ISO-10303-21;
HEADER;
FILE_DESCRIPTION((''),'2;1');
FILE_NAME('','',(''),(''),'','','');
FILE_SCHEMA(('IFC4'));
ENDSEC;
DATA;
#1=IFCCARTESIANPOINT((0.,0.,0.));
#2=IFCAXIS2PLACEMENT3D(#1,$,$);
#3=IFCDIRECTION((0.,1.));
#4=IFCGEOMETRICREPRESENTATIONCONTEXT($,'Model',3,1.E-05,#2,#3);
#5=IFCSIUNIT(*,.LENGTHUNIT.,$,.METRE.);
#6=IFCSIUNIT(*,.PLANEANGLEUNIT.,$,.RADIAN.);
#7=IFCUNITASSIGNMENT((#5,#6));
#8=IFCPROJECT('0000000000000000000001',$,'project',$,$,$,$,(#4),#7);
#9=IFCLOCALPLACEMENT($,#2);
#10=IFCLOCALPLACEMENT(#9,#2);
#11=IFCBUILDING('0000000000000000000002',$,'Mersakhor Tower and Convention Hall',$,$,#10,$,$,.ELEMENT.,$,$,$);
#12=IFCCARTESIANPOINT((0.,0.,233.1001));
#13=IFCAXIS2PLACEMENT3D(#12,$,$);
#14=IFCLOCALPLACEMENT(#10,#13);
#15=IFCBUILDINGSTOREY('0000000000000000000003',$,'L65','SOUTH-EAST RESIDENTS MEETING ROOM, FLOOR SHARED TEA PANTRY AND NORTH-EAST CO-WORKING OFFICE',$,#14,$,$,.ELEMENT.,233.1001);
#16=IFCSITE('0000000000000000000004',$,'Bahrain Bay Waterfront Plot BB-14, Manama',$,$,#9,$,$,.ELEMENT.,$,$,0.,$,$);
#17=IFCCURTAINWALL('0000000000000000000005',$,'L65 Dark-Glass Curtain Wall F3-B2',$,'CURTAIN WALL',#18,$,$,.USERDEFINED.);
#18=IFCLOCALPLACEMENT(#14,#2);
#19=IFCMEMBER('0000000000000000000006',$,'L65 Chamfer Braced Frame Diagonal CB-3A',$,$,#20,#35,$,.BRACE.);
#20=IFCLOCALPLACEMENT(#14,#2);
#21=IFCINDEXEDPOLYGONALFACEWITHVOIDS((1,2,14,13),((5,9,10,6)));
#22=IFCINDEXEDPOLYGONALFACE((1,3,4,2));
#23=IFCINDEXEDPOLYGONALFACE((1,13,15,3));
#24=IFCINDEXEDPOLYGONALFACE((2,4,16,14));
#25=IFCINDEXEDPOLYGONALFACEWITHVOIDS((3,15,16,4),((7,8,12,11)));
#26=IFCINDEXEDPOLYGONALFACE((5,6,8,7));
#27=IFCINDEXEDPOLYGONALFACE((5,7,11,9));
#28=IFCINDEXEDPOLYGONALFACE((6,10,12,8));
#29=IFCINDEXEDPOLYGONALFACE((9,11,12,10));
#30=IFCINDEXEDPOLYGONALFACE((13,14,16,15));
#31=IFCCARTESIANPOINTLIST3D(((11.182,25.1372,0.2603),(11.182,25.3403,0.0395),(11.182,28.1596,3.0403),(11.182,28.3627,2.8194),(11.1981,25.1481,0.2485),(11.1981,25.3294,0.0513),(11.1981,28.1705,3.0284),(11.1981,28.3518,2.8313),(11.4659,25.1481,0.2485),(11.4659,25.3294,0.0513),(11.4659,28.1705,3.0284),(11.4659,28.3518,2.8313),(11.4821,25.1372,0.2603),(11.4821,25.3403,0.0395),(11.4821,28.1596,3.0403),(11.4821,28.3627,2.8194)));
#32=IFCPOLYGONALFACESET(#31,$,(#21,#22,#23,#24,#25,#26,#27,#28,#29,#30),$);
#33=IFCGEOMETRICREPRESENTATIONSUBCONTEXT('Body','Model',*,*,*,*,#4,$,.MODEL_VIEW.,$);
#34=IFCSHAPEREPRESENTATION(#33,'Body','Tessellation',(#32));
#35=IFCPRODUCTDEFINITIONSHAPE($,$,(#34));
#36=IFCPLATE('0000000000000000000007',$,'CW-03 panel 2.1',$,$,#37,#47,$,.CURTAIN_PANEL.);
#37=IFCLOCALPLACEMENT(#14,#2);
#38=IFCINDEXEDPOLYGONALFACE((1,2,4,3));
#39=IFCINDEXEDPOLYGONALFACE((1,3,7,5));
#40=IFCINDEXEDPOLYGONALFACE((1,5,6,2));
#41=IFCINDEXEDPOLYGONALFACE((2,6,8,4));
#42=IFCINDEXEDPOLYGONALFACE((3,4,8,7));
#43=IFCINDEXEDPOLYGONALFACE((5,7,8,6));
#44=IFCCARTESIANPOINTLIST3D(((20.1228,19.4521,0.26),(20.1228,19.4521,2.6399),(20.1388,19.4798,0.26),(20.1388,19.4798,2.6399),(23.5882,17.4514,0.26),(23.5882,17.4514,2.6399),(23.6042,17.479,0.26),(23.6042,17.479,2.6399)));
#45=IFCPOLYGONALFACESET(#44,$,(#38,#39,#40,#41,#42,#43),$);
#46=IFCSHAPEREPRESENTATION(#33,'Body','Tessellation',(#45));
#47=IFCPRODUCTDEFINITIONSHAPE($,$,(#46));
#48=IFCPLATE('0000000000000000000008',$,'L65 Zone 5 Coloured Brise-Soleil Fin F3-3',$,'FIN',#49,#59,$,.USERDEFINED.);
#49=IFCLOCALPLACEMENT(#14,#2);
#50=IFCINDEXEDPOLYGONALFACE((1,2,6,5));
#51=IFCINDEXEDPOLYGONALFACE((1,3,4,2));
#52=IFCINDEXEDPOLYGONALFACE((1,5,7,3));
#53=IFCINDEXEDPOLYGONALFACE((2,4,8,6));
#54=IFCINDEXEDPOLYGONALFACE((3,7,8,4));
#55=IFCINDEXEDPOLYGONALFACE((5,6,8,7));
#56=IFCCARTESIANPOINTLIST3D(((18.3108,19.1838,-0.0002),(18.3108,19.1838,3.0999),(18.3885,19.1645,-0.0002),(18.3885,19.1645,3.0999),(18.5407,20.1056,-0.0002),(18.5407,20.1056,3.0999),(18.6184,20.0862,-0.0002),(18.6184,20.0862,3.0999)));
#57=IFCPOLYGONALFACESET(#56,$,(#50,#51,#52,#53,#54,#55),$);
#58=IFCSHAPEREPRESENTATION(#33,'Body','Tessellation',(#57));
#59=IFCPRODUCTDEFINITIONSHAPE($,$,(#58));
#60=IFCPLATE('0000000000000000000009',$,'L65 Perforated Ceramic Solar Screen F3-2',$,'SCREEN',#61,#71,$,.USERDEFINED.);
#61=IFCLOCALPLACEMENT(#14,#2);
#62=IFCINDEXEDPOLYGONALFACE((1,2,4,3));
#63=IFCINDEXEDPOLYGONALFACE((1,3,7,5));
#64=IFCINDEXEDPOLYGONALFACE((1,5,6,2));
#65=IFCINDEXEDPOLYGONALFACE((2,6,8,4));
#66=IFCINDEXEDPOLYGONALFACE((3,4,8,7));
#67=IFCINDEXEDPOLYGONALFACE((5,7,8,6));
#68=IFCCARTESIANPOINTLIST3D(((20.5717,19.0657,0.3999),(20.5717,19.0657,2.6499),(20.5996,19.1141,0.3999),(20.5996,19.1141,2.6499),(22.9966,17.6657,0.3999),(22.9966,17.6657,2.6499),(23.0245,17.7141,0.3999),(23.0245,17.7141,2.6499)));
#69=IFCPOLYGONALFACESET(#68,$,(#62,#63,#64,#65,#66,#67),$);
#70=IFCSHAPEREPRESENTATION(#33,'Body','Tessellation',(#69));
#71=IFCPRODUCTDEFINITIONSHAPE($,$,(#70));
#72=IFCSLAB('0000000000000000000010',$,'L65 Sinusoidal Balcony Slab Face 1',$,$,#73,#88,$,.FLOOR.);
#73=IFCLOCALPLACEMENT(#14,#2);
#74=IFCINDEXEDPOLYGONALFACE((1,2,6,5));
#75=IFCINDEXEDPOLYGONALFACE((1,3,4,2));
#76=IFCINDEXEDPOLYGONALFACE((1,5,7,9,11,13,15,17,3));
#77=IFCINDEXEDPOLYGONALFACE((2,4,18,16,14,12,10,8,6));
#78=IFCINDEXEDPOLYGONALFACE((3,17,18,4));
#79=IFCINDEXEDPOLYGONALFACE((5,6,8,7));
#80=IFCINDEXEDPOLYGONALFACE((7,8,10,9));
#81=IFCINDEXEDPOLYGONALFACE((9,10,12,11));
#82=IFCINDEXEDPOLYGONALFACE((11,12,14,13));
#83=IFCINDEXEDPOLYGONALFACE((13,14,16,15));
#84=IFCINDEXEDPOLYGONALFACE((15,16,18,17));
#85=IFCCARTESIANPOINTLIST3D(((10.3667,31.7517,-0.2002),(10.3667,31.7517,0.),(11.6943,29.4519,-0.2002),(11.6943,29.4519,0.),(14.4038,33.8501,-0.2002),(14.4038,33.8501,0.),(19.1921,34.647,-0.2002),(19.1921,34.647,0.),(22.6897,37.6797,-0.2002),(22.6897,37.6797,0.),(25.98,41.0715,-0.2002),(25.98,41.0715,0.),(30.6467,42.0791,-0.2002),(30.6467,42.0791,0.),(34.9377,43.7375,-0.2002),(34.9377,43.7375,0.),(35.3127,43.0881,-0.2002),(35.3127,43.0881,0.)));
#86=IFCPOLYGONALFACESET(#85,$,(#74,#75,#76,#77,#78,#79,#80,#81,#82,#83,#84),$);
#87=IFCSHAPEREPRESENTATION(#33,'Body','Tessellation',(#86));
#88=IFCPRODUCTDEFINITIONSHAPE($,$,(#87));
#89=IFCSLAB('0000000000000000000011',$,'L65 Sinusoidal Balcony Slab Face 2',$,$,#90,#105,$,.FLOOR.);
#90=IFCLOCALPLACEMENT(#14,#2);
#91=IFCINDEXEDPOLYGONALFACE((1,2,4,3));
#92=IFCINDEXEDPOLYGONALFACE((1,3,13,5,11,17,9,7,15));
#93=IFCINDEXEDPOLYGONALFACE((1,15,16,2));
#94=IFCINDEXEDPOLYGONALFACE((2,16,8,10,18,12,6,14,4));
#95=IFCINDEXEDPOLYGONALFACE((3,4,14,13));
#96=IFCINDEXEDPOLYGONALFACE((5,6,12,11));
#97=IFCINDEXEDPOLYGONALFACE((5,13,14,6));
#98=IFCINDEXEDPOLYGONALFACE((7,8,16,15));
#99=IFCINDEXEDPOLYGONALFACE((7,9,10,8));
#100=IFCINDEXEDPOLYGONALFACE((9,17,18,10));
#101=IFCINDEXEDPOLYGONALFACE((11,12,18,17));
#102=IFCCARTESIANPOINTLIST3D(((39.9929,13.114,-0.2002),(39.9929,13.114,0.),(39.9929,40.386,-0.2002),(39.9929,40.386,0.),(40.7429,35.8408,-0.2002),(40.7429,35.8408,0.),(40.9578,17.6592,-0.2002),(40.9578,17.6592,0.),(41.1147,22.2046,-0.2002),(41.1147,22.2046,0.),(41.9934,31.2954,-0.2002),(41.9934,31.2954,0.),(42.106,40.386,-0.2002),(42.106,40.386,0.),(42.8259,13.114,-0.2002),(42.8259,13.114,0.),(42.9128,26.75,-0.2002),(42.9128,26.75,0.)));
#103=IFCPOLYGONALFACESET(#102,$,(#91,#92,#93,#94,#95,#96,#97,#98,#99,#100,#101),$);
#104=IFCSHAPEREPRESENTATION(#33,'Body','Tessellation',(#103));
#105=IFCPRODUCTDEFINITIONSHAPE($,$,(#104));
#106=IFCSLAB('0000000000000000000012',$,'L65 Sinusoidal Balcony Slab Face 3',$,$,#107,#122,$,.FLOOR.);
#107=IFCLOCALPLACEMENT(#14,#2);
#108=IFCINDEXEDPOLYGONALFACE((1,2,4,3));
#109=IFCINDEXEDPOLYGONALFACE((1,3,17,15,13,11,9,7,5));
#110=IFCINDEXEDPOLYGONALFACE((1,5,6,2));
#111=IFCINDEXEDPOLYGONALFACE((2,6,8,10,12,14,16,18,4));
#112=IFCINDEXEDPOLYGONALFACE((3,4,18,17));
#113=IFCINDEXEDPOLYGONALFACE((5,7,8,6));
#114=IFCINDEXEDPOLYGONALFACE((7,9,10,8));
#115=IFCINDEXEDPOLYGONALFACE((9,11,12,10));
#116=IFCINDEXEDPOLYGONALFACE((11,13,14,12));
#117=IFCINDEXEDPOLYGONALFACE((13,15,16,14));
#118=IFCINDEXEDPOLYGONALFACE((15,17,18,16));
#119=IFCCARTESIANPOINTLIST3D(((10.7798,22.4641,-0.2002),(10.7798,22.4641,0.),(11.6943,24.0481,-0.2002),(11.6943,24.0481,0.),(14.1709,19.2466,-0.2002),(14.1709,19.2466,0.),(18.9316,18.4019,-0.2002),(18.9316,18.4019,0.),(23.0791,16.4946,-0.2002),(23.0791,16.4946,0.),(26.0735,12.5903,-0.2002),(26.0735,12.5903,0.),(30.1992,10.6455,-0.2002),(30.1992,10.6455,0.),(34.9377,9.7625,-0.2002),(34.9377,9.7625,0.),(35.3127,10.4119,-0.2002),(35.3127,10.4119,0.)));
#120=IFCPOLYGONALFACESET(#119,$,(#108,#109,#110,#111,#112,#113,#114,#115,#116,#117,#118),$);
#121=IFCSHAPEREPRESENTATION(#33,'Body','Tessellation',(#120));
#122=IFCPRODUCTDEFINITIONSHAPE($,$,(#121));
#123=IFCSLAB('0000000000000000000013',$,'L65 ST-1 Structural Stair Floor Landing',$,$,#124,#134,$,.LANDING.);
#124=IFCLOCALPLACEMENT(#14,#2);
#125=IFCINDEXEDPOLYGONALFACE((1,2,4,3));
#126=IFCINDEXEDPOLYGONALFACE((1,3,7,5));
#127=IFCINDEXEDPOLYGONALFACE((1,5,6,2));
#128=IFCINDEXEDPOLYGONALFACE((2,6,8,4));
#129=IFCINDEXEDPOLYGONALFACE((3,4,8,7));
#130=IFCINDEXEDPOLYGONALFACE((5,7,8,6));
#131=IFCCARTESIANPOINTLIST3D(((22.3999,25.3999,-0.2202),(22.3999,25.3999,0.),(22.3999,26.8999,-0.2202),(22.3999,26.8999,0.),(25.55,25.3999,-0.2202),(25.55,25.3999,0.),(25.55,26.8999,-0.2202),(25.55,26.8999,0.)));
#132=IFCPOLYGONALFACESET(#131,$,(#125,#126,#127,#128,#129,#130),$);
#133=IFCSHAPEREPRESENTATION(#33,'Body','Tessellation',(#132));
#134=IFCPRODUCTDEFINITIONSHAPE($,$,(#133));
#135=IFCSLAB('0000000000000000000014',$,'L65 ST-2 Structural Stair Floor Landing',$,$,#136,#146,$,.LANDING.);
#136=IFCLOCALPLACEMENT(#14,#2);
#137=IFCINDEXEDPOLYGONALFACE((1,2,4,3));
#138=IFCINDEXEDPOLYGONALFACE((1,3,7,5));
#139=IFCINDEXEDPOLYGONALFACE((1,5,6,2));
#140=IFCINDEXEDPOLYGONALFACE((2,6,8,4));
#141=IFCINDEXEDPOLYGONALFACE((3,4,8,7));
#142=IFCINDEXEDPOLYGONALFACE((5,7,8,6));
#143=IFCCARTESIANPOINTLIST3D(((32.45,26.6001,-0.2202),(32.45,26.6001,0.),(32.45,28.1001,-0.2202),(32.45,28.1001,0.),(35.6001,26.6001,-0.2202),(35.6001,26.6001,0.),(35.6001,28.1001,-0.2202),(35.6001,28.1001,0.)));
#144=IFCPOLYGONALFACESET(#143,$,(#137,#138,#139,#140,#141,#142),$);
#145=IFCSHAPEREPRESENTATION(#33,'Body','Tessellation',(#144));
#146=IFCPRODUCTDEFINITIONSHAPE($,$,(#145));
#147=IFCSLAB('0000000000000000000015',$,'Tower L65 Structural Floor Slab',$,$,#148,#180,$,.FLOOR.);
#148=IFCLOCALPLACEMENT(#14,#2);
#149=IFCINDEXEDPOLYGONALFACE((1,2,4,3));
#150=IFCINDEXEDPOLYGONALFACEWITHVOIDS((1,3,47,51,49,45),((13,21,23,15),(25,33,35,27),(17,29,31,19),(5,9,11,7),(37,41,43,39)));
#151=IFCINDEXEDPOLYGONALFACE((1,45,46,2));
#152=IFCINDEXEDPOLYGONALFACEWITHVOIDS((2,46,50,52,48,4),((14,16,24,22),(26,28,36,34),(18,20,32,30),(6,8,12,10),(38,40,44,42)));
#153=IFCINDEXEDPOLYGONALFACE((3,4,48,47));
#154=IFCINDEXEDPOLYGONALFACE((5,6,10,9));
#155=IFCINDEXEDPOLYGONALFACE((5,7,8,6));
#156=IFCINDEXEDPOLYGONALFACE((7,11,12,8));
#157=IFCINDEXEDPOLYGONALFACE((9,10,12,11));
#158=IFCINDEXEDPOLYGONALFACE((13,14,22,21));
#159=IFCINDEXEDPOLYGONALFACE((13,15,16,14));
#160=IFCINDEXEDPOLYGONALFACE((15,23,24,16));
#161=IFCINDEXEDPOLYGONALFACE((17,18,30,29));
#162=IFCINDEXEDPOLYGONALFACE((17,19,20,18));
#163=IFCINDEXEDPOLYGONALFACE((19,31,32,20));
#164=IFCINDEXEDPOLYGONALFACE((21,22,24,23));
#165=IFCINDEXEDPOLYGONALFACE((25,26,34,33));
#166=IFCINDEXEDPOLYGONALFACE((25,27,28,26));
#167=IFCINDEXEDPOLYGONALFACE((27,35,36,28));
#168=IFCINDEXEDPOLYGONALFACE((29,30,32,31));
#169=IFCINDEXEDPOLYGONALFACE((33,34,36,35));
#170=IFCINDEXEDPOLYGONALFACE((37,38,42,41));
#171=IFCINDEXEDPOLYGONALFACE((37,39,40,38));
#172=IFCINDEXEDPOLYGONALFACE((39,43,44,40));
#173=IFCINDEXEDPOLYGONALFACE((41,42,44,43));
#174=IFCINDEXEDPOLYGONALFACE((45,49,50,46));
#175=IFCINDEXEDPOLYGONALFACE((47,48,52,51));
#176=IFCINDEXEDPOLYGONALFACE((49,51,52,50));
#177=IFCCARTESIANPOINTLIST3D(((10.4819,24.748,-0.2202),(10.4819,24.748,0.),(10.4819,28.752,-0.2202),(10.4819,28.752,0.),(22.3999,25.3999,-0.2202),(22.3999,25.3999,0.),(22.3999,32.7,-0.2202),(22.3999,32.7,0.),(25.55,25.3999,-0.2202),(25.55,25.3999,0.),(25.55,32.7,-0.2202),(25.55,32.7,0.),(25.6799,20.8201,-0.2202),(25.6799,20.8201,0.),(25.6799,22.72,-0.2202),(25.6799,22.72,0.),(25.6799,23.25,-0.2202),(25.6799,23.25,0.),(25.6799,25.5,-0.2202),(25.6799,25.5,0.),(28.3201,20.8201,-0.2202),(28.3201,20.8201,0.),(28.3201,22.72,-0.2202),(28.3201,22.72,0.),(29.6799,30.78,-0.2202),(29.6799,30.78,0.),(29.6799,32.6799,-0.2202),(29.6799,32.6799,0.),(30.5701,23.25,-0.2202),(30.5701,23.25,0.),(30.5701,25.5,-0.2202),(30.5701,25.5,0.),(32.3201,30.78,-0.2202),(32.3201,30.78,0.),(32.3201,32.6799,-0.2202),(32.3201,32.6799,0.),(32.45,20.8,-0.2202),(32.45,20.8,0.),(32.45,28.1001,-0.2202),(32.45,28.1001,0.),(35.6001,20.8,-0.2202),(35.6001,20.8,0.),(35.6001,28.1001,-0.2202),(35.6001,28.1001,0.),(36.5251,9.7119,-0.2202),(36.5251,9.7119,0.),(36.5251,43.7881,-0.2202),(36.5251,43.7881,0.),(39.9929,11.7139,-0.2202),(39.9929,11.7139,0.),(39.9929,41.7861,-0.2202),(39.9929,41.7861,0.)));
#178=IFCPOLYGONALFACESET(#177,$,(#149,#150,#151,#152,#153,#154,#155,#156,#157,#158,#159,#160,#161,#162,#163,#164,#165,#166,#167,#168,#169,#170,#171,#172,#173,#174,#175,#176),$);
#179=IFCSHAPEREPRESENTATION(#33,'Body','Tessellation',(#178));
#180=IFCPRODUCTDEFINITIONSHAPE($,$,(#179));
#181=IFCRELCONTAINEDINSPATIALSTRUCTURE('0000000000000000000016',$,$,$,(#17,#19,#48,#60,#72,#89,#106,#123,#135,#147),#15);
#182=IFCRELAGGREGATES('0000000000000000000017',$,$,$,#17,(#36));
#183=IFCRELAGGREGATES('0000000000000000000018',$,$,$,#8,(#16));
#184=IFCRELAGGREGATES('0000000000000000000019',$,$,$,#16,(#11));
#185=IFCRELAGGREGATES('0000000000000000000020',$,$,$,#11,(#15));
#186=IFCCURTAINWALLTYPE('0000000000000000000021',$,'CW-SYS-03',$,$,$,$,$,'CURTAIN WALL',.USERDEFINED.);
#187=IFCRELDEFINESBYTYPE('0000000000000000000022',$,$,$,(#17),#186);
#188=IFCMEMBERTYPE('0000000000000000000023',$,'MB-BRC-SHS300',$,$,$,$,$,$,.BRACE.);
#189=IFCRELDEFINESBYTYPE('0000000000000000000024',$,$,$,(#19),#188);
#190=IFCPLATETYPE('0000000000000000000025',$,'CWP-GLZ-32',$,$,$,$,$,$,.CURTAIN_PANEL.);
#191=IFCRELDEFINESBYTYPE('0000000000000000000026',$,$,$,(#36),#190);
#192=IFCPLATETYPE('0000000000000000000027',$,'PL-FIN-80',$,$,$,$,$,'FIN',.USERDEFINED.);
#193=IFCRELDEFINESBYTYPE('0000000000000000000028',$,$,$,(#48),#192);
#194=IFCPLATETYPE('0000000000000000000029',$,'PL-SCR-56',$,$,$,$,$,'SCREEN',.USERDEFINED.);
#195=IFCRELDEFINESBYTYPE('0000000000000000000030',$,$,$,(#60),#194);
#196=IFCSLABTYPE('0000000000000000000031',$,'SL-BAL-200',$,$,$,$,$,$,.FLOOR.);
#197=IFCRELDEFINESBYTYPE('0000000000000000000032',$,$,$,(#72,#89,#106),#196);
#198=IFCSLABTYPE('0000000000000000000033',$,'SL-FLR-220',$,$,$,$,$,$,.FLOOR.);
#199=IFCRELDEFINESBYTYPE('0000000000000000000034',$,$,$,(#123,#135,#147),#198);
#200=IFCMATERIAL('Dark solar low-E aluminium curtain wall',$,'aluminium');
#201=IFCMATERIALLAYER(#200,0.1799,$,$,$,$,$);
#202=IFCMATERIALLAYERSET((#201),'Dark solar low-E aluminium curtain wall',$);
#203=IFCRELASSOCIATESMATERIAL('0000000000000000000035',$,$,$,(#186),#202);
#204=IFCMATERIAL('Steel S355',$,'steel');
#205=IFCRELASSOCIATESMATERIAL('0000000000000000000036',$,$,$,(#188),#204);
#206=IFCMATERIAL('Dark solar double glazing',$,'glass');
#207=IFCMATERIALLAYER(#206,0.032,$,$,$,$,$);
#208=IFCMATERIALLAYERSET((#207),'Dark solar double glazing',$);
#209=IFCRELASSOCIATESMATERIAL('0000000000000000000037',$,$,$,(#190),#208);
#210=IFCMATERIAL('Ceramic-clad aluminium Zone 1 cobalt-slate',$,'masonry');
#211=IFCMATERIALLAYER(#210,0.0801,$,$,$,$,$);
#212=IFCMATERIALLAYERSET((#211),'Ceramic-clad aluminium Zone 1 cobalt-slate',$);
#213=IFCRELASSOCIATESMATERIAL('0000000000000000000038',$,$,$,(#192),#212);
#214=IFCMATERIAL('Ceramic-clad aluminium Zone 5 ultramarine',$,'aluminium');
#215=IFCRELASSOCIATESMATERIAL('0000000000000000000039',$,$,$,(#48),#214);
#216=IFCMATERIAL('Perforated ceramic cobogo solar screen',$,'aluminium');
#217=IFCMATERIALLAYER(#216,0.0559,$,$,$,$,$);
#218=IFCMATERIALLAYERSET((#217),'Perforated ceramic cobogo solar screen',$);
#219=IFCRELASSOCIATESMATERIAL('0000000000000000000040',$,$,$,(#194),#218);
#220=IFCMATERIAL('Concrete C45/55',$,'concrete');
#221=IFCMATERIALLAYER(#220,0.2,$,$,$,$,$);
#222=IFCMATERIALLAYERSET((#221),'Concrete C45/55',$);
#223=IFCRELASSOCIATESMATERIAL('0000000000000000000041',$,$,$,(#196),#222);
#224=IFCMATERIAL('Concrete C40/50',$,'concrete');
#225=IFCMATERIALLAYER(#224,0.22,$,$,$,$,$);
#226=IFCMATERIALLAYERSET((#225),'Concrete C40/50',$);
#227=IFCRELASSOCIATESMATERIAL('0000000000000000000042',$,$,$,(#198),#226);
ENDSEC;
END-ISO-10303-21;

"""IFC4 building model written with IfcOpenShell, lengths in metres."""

from ifc_helpers import new_model, si_unit, direction, frame, origin, origin_2d, place, context, subcontext, project, spatial, polyline, rectangle, hollow_rectangle, outline, extrude, material, layer, layer_set, material_profile, profile_set, type_object, element, aggregate, save


model = new_model("IFC4")

# Units and contexts
model_context = context("Model", 3, precision=1e-05, world=origin(), true_north=direction((0.0, 1.0)))
body_context = subcontext(model_context, "Body", "Model", "MODEL_VIEW")
ifc_project = project(units=[si_unit("LENGTHUNIT", "METRE"), si_unit("PLANEANGLEUNIT", "RADIAN")], contexts=[model_context])

# Site, building, storey
site_placement = place(None, origin())
site = spatial("IfcSite", under=ifc_project, at=site_placement, Name="Bahrain Bay Waterfront Plot BB-14, Manama", CompositionType="ELEMENT", RefElevation=0.0)
building_placement = place(site_placement, origin())
building = spatial("IfcBuilding", under=site, at=building_placement, Name="Mersakhor Tower and Convention Hall", CompositionType="ELEMENT")
storey_placement = place(building_placement, frame((0.0, 0.0, 233.1001)))
storey = spatial("IfcBuildingStorey", under=building, at=storey_placement, Name="L65", Description="SOUTH-EAST RESIDENTS MEETING ROOM, FLOOR SHARED TEA PANTRY AND NORTH-EAST CO-WORKING OFFICE", CompositionType="ELEMENT", Elevation=233.1001)

# Curtain wall
ifc_material_1 = material(Name="Dark solar low-E aluminium curtain wall", Category="aluminium")
ifc_layer_1 = layer(ifc_material_1, 0.1799)
ifc_layer_set_1 = layer_set([ifc_layer_1], Name="Dark solar low-E aluminium curtain wall")
curtain_wall_type = type_object("IfcCurtainWallType", Name="CW-SYS-03", ElementType="CURTAIN WALL", PredefinedType="USERDEFINED", material=ifc_layer_set_1)
curtain_wall_placement = place(storey_placement, origin())
curtain_wall = element("IfcCurtainWall", 1, at=curtain_wall_placement, inside=storey, type_object=curtain_wall_type, Name="L65 Dark-Glass Curtain Wall F3-B2", ObjectType="CURTAIN WALL", PredefinedType="USERDEFINED")

# Member
ifc_material_2 = material(Name="Steel S355", Category="steel")
ifc_material_profile_1 = material_profile(ifc_material_2, hollow_rectangle(XDim=0.3, YDim=0.3, WallThickness=0.0161, at=origin_2d()), Name="SHS 300x300x16")
ifc_profile_set_1 = profile_set([ifc_material_profile_1], Name="Steel S355")
member_type_1 = type_object("IfcMemberType", Name="MB-BRC-SHS300", PredefinedType="BRACE", material=ifc_profile_set_1)
member_1_placement = place(storey_placement, frame((11.332, 25.2388, 0.1499), z_axis=(0.0, 0.736008, 0.676973), x_axis=(-1.0, 0.0, 0.0)))
element("IfcMember", 2, at=member_1_placement, inside=storey, type_object=member_type_1, Name="L65 Chamfer Braced Frame Diagonal CB-3A", PredefinedType="BRACE", context=body_context, shape_type="SweptSolid", body=[
    extrude(hollow_rectangle(XDim=0.3, YDim=0.3, WallThickness=0.0161, at=origin_2d()), origin(), (0.0, 0.0, 1.0), 4.1064),
])

# Plate
ifc_material_3 = material(Name="Dark solar double glazing", Category="glass")
ifc_layer_2 = layer(ifc_material_3, 0.032)
ifc_layer_set_2 = layer_set([ifc_layer_2], Name="Dark solar double glazing")
plate_type_1 = type_object("IfcPlateType", Name="CWP-GLZ-32", PredefinedType="CURTAIN_PANEL", material=ifc_layer_set_2)
plate_1_placement = place(storey_placement, frame((21.8635, 18.4656, 0.26), z_axis=(0.0, 0.0, 1.0), x_axis=(-0.866023, 0.500004, 0.0)))
plate_1 = element("IfcPlate", 3, at=plate_1_placement, type_object=plate_type_1, Name="CW-03 panel 2.1", PredefinedType="CURTAIN_PANEL", context=body_context, shape_type="SweptSolid", body=[
    extrude(rectangle(XDim=4.0015, YDim=0.032, at=origin_2d()), origin(), (0.0, 0.0, 1.0), 2.3799),
])
aggregate(curtain_wall, [plate_1])

# Plates
ifc_material_4 = material(Name="Ceramic-clad aluminium Zone 5 ultramarine", Category="aluminium")
ifc_material_5 = material(Name="Ceramic-clad aluminium Zone 1 cobalt-slate", Category="masonry")
ifc_layer_3 = layer(ifc_material_5, 0.0801)
ifc_layer_set_3 = layer_set([ifc_layer_3], Name="Ceramic-clad aluminium Zone 1 cobalt-slate")
plate_type_2 = type_object("IfcPlateType", Name="PL-FIN-80", ElementType="FIN", PredefinedType="USERDEFINED", material=ifc_layer_set_3)
plate_2_placement = place(storey_placement, frame((18.4646, 19.635, -0.0002), z_axis=(0.0, 0.0, 1.0), x_axis=(-0.241922, -0.970296, 0.0)))
element("IfcPlate", 4, at=plate_2_placement, inside=storey, type_object=plate_type_2, material=ifc_material_4, Name="L65 Zone 5 Coloured Brise-Soleil Fin F3-3", ObjectType="FIN", PredefinedType="USERDEFINED", context=body_context, shape_type="SweptSolid", body=[
    extrude(rectangle(XDim=0.95, YDim=0.0801, at=origin_2d()), origin(), (0.0, 0.0, 1.0), 3.1001),
])
ifc_material_6 = material(Name="Perforated ceramic cobogo solar screen", Category="aluminium")
ifc_layer_4 = layer(ifc_material_6, 0.0559)
ifc_layer_set_4 = layer_set([ifc_layer_4], Name="Perforated ceramic cobogo solar screen")
plate_type_3 = type_object("IfcPlateType", Name="PL-SCR-56", ElementType="SCREEN", PredefinedType="USERDEFINED", material=ifc_layer_set_4)
plate_3_placement = place(storey_placement, frame((21.7981, 18.3899, 0.3999), z_axis=(0.0, 0.0, 1.0), x_axis=(-0.866025, 0.5, 0.0)))
element("IfcPlate", 5, at=plate_3_placement, inside=storey, type_object=plate_type_3, Name="L65 Perforated Ceramic Solar Screen F3-2", ObjectType="SCREEN", PredefinedType="USERDEFINED", context=body_context, shape_type="SweptSolid", body=[
    extrude(rectangle(XDim=2.8, YDim=0.0559, at=origin_2d()), origin(), (0.0, 0.0, 1.0), 2.25),
])

# Slabs
ifc_material_7 = material(Name="Concrete C45/55", Category="concrete")
ifc_layer_5 = layer(ifc_material_7, 0.2)
ifc_layer_set_5 = layer_set([ifc_layer_5], Name="Concrete C45/55")
slab_type_1 = type_object("IfcSlabType", Name="SL-BAL-200", PredefinedType="FLOOR", material=ifc_layer_set_5)
slab_1_placement = place(storey_placement, frame((0.0, 0.0, -0.2002)))
element("IfcSlab", 6, at=slab_1_placement, inside=storey, type_object=slab_type_1, Name="L65 Sinusoidal Balcony Slab Face 1", PredefinedType="FLOOR", context=body_context, shape_type="SweptSolid", body=[
    extrude(outline(polyline([(11.6943, 29.4519), (35.3127, 43.0881), (34.9377, 43.7375), (30.6467, 42.0791), (25.98, 41.0715), (22.6897, 37.6797), (19.1921, 34.647), (14.4038, 33.8501), (10.3667, 31.7517), (11.6943, 29.4519)])), origin(), (0.0, 0.0, 1.0), 0.2002),
])
slab_2_placement = place(storey_placement, frame((0.0, 0.0, -0.2002)))
element("IfcSlab", 7, at=slab_2_placement, inside=storey, type_object=slab_type_1, Name="L65 Sinusoidal Balcony Slab Face 2", PredefinedType="FLOOR", context=body_context, shape_type="SweptSolid", body=[
    extrude(outline(polyline([(39.9929, 40.386), (39.9929, 13.114), (42.8259, 13.114), (40.9578, 17.6592), (41.1147, 22.2046), (42.9128, 26.75), (41.9934, 31.2954), (40.7429, 35.8408), (42.106, 40.386), (39.9929, 40.386)])), origin(), (0.0, 0.0, 1.0), 0.2002),
])
slab_3_placement = place(storey_placement, frame((0.0, 0.0, -0.2002)))
element("IfcSlab", 8, at=slab_3_placement, inside=storey, type_object=slab_type_1, Name="L65 Sinusoidal Balcony Slab Face 3", PredefinedType="FLOOR", context=body_context, shape_type="SweptSolid", body=[
    extrude(outline(polyline([(35.3127, 10.4119), (11.6943, 24.0481), (10.7798, 22.4641), (14.1709, 19.2466), (18.9316, 18.4019), (23.0791, 16.4946), (26.0735, 12.5903), (30.1992, 10.6455), (34.9377, 9.7625), (35.3127, 10.4119)])), origin(), (0.0, 0.0, 1.0), 0.2002),
])
ifc_material_8 = material(Name="Concrete C40/50", Category="concrete")
ifc_layer_6 = layer(ifc_material_8, 0.22)
ifc_layer_set_6 = layer_set([ifc_layer_6], Name="Concrete C40/50")
slab_type_2 = type_object("IfcSlabType", Name="SL-FLR-220", PredefinedType="FLOOR", material=ifc_layer_set_6)
slab_4_placement = place(storey_placement, frame((0.0, 0.0, -0.2202)))
element("IfcSlab", 9, at=slab_4_placement, inside=storey, type_object=slab_type_2, Name="L65 ST-1 Structural Stair Floor Landing", PredefinedType="LANDING", context=body_context, shape_type="SweptSolid", body=[
    extrude(outline(polyline([(25.55, 25.3999), (25.55, 26.8999), (22.3999, 26.8999), (22.3999, 25.3999), (25.55, 25.3999)])), origin(), (0.0, 0.0, 1.0), 0.2202),
])
slab_5_placement = place(storey_placement, frame((0.0, 0.0, -0.2202)))
element("IfcSlab", 10, at=slab_5_placement, inside=storey, type_object=slab_type_2, Name="L65 ST-2 Structural Stair Floor Landing", PredefinedType="LANDING", context=body_context, shape_type="SweptSolid", body=[
    extrude(outline(polyline([(32.45, 28.1001), (32.45, 26.6001), (35.6001, 26.6001), (35.6001, 28.1001), (32.45, 28.1001)])), origin(), (0.0, 0.0, 1.0), 0.2202),
])
slab_6_placement = place(storey_placement, frame((0.0, 0.0, -0.2202)))
element("IfcSlab", 11, at=slab_6_placement, inside=storey, type_object=slab_type_2, Name="Tower L65 Structural Floor Slab", PredefinedType="FLOOR", context=body_context, shape_type="SweptSolid", body=[
    extrude(outline(polyline([(10.4819, 28.752), (36.5251, 43.7881), (39.9929, 41.7861), (39.9929, 11.7139), (36.5251, 9.7119), (10.4819, 24.748), (10.4819, 28.752)]), holes=[polyline([(25.55, 25.3999), (25.55, 32.7), (22.3999, 32.7), (22.3999, 25.3999), (25.55, 25.3999)]), polyline([(32.45, 28.1001), (32.45, 20.8), (35.6001, 20.8), (35.6001, 28.1001), (32.45, 28.1001)]), polyline([(25.6799, 20.8201), (25.6799, 22.72), (28.3201, 22.72), (28.3201, 20.8201), (25.6799, 20.8201)]), polyline([(29.6799, 30.78), (29.6799, 32.6799), (32.3201, 32.6799), (32.3201, 30.78), (29.6799, 30.78)]), polyline([(25.6799, 23.25), (25.6799, 25.5), (30.5701, 25.5), (30.5701, 23.25), (25.6799, 23.25)])]), origin(), (0.0, 0.0, 1.0), 0.2202),
])

save(model, "model.ifc")
